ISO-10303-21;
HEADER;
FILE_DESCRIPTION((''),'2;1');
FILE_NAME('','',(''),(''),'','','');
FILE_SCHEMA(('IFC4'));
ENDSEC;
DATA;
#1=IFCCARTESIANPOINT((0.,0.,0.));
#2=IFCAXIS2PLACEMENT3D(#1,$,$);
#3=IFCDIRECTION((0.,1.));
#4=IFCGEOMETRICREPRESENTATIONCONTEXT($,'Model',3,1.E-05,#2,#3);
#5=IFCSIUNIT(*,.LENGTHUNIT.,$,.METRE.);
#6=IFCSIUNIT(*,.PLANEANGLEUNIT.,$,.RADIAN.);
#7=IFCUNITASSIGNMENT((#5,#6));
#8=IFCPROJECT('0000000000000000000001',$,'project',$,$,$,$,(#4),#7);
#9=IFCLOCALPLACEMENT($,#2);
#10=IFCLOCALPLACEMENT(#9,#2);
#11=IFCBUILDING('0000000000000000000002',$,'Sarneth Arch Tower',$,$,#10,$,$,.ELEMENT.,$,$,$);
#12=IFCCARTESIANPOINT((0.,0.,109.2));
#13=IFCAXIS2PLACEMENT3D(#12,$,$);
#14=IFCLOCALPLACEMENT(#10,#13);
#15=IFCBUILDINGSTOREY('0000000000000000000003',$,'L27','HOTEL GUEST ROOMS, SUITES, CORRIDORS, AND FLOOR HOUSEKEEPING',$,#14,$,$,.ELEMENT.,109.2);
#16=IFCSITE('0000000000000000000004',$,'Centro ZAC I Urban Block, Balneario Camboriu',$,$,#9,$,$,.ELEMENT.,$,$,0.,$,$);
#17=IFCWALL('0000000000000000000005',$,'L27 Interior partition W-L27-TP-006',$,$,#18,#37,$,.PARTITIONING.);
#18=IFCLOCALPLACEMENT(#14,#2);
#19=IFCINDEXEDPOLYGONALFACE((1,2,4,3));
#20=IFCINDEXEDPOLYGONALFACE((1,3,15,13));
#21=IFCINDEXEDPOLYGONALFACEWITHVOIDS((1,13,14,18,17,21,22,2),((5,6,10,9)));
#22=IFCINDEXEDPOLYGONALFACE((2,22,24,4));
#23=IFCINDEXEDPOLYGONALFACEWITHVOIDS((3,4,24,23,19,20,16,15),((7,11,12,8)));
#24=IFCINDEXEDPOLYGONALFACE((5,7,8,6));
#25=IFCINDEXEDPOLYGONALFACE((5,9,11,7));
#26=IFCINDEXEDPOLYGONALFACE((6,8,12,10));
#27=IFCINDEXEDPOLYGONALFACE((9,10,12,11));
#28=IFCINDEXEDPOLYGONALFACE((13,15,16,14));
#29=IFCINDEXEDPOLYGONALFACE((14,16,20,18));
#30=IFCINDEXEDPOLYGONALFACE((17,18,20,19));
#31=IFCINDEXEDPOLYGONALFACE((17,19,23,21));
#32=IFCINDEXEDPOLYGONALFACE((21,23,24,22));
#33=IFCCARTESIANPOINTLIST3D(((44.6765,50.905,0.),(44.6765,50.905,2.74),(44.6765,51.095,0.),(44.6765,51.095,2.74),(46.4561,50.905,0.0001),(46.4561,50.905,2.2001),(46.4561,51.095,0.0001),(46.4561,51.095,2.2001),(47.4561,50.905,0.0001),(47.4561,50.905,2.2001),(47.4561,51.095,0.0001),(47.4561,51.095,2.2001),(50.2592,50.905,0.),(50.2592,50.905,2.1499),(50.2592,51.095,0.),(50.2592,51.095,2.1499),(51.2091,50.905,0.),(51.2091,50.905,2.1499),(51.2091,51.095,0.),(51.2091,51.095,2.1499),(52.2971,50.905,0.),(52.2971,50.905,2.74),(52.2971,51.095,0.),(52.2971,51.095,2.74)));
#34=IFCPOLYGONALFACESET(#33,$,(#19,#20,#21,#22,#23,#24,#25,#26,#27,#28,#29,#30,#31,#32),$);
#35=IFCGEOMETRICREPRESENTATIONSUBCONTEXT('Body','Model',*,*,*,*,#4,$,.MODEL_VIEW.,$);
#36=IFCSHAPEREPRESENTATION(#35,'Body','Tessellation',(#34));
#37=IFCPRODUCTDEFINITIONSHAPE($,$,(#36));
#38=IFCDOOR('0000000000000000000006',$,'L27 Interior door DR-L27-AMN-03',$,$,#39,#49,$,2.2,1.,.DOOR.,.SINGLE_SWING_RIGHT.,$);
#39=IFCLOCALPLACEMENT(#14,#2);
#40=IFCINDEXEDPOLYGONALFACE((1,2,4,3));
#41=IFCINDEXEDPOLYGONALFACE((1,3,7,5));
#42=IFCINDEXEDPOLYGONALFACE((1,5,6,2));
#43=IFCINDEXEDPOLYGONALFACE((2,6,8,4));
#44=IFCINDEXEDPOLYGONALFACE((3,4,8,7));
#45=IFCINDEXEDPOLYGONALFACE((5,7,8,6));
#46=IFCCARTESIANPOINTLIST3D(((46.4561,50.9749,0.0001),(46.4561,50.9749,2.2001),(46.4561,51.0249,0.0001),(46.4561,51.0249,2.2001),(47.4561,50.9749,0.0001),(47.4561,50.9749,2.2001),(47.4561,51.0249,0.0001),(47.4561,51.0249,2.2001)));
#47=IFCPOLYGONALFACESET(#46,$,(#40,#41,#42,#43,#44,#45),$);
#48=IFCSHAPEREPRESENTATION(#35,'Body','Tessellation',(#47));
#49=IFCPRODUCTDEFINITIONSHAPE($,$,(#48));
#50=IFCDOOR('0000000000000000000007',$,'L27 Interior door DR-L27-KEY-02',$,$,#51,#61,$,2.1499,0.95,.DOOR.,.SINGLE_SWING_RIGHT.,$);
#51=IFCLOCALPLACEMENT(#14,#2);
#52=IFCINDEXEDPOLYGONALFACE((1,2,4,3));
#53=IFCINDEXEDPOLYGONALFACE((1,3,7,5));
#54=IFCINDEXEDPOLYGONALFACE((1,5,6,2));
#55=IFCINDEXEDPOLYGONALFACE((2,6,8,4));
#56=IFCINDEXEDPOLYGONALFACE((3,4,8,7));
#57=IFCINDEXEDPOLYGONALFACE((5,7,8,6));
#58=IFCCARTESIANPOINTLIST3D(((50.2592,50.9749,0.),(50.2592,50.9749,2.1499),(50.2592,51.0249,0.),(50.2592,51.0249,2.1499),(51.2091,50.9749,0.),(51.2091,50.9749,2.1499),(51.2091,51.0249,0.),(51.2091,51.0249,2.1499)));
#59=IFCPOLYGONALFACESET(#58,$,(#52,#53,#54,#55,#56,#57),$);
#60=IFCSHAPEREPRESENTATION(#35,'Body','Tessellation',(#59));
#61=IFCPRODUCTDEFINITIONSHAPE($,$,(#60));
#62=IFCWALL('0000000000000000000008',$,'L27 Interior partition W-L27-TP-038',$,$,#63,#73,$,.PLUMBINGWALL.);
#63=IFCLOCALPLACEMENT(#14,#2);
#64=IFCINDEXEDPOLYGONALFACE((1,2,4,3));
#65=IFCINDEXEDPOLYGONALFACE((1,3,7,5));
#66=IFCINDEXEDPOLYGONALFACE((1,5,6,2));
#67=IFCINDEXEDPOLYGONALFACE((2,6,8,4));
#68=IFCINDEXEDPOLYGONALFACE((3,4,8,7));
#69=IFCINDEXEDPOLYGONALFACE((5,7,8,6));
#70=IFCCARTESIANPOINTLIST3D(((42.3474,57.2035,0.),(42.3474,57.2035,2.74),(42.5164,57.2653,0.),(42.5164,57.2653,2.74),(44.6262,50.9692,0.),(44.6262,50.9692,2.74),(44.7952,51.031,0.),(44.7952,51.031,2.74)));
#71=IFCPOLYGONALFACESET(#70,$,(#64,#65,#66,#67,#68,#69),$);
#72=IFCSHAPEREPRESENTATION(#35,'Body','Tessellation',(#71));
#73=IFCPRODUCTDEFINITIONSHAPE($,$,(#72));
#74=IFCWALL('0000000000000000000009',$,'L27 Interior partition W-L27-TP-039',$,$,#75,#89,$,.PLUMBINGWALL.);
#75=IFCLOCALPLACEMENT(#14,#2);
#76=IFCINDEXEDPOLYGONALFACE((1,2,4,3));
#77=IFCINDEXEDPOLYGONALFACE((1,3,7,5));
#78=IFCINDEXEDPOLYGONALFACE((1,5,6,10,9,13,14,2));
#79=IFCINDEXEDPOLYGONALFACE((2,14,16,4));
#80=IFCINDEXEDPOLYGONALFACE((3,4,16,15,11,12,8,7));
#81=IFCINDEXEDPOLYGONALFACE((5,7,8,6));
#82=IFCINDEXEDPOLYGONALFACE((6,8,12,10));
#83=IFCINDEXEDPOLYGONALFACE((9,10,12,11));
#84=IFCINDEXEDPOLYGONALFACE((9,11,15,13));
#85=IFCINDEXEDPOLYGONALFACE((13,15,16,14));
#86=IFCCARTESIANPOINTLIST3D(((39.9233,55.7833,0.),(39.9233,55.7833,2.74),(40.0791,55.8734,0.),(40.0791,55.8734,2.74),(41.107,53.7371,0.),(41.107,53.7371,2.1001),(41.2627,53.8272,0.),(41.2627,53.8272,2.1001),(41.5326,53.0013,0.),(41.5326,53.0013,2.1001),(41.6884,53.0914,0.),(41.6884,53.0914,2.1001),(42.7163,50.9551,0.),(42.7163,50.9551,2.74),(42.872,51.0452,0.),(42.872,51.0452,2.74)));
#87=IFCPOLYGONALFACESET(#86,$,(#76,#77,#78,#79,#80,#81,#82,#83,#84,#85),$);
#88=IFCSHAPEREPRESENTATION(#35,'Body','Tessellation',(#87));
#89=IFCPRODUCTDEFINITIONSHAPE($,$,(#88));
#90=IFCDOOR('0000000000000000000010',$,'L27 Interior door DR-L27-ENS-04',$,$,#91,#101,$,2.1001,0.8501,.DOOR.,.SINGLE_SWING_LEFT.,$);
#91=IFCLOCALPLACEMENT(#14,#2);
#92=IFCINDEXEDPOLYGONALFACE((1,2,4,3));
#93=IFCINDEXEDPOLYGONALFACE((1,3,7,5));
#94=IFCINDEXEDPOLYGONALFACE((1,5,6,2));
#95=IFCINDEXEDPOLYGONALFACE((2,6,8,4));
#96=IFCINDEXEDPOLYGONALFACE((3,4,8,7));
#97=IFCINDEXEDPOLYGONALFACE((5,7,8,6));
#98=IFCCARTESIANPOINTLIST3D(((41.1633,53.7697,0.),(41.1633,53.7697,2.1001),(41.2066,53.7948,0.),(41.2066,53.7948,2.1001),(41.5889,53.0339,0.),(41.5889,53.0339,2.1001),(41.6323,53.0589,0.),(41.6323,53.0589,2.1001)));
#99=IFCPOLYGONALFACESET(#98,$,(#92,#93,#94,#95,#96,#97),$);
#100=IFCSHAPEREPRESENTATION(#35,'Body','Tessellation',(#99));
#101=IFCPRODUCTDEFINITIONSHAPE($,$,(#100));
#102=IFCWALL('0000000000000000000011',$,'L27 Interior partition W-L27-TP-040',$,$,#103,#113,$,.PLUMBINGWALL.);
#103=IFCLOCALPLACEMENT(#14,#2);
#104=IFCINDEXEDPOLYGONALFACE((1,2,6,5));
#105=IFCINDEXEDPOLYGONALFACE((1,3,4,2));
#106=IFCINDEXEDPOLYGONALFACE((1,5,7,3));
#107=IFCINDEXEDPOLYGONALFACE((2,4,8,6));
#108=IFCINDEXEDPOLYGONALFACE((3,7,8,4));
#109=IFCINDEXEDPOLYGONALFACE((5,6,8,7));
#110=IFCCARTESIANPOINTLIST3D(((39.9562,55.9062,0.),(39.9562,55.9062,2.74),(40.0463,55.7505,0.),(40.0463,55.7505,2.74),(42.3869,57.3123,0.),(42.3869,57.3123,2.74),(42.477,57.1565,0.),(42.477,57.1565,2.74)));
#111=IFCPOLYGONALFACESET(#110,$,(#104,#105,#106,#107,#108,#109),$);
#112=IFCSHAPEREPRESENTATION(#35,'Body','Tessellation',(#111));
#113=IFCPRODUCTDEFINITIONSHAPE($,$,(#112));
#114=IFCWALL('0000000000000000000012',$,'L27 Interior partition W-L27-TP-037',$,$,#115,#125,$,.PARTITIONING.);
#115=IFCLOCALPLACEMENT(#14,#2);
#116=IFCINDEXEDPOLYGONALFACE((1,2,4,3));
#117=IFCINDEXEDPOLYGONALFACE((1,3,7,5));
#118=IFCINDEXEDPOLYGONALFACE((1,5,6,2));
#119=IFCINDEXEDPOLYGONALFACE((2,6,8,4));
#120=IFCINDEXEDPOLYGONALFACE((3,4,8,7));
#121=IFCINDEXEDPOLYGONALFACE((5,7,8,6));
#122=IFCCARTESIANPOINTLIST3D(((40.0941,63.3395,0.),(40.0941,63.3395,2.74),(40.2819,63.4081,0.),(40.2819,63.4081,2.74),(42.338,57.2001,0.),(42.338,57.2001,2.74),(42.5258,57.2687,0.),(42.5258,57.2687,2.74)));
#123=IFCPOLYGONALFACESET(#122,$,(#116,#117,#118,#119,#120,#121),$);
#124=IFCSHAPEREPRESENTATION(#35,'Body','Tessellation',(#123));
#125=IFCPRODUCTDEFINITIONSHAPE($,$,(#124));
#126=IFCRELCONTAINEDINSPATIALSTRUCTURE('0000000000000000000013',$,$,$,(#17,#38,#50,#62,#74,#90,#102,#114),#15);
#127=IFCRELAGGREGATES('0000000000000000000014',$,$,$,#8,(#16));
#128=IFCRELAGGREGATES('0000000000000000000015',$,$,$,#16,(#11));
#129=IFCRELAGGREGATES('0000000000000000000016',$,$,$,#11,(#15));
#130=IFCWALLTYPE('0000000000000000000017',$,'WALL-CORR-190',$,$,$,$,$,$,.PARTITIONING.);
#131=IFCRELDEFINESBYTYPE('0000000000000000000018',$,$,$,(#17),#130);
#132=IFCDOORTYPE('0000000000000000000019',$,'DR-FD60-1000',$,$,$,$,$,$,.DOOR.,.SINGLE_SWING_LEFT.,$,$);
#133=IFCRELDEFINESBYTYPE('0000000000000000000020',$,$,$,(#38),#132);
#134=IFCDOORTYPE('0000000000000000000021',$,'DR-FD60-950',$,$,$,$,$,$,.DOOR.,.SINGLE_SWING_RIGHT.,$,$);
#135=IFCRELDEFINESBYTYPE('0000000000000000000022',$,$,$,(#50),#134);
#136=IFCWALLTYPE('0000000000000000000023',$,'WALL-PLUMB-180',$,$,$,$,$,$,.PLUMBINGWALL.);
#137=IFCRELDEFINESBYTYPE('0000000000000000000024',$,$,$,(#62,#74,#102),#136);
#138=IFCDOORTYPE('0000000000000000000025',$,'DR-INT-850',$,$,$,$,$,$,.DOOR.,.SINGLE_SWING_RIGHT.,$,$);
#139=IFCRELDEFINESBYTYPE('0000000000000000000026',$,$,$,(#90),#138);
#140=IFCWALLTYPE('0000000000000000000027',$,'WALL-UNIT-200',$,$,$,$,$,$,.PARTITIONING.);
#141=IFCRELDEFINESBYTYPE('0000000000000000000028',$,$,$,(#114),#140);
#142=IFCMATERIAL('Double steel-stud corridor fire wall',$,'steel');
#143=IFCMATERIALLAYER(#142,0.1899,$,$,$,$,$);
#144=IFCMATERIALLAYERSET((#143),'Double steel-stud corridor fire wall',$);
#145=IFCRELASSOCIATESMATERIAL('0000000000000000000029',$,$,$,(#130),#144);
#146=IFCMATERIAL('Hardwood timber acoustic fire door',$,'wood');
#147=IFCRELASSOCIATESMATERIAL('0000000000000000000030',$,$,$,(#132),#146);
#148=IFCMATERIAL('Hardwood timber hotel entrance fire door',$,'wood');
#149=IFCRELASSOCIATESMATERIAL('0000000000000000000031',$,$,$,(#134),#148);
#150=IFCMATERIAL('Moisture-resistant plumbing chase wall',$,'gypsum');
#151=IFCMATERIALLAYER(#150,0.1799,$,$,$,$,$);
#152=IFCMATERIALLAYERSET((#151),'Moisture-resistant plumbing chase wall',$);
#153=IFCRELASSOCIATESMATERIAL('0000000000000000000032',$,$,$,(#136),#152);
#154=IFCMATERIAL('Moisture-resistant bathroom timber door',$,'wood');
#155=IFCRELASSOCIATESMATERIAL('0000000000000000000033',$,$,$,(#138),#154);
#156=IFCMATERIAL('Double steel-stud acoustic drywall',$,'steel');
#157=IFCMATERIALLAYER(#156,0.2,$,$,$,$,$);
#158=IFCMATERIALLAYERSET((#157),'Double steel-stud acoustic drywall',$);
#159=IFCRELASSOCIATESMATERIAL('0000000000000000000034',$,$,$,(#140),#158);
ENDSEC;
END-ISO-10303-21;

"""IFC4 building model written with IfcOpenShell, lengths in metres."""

from ifc_helpers import new_model, si_unit, direction, frame, frame_2d, origin, place, context, subcontext, project, spatial, rectangle, extrude, material, layer, layer_set, type_object, element, fill, save


model = new_model("IFC4")

# Units and contexts
model_context = context("Model", 3, precision=1e-05, world=origin(), true_north=direction((0.0, 1.0)))
body_context = subcontext(model_context, "Body", "Model", "MODEL_VIEW")
ifc_project = project(units=[si_unit("LENGTHUNIT", "METRE"), si_unit("PLANEANGLEUNIT", "RADIAN")], contexts=[model_context])

# Site, building, storey
site_placement = place(None, origin())
site = spatial("IfcSite", under=ifc_project, at=site_placement, Name="Centro ZAC I Urban Block, Balneario Camboriu", CompositionType="ELEMENT", RefElevation=0.0)
building_placement = place(site_placement, origin())
building = spatial("IfcBuilding", under=site, at=building_placement, Name="Sarneth Arch Tower", CompositionType="ELEMENT")
storey_placement = place(building_placement, frame((0.0, 0.0, 109.2)))
storey = spatial("IfcBuildingStorey", under=building, at=storey_placement, Name="L27", Description="HOTEL GUEST ROOMS, SUITES, CORRIDORS, AND FLOOR HOUSEKEEPING", CompositionType="ELEMENT", Elevation=109.2)

# Wall, openings, doors
ifc_material_1 = material(Name="Double steel-stud corridor fire wall", Category="steel")
ifc_layer_1 = layer(ifc_material_1, 0.1899)
ifc_layer_set_1 = layer_set([ifc_layer_1], Name="Double steel-stud corridor fire wall")
wall_type_1 = type_object("IfcWallType", Name="WALL-CORR-190", PredefinedType="PARTITIONING", material=ifc_layer_set_1)
wall_1_placement = place(storey_placement, frame((44.6765, 51.0, 0.0), z_axis=(0.0, 0.0, 1.0), x_axis=(1.0, 0.0, 0.0)))
wall_1 = element("IfcWall", 1, at=wall_1_placement, inside=storey, type_object=wall_type_1, Name="L27 Interior partition W-L27-TP-006", PredefinedType="PARTITIONING", context=body_context, shape_type="SweptSolid", body=[
    extrude(rectangle(XDim=7.6206, YDim=0.1899, at=frame_2d((3.8103, 0.0))), origin(), (0.0, 0.0, 1.0), 2.74),
])
opening_1_placement = place(wall_1_placement, frame((1.7795, 0.0, 0.0)))
opening_1 = element("IfcOpeningElement", 2, at=opening_1_placement, cuts=wall_1, PredefinedType="OPENING", context=body_context, shape_type="SweptSolid", body=[
    extrude(rectangle(XDim=1.0, YDim=2.2, at=frame_2d((0.5, 1.1001))), frame((0.0, 0.105, 0.0), z_axis=(0.0, -1.0, 0.0), x_axis=(1.0, 0.0, 0.0)), (0.0, 0.0, 1.0), 0.21),
])
opening_2_placement = place(wall_1_placement, frame((5.5825, 0.0, 0.0)))
opening_2 = element("IfcOpeningElement", 3, at=opening_2_placement, cuts=wall_1, PredefinedType="OPENING", context=body_context, shape_type="SweptSolid", body=[
    extrude(rectangle(XDim=0.95, YDim=2.1499, at=frame_2d((0.4751, 1.075))), frame((0.0, 0.105, 0.0), z_axis=(0.0, -1.0, 0.0), x_axis=(1.0, 0.0, 0.0)), (0.0, 0.0, 1.0), 0.21),
])
ifc_material_2 = material(Name="Hardwood timber acoustic fire door", Category="wood")
door_type_1 = type_object("IfcDoorType", Name="DR-FD60-1000", OperationType="SINGLE_SWING_LEFT", PredefinedType="DOOR", material=ifc_material_2)
door_1_placement = place(opening_1_placement, origin())
door_1 = element("IfcDoor", 4, at=door_1_placement, inside=storey, type_object=door_type_1, Name="L27 Interior door DR-L27-AMN-03", OperationType="SINGLE_SWING_RIGHT", OverallHeight=2.2, OverallWidth=1.0, PredefinedType="DOOR", context=body_context, shape_type="SweptSolid", body=[
    extrude(rectangle(XDim=1.0, YDim=2.2, at=frame_2d((0.5, 1.1001))), frame((0.0, 0.0249, 0.0), z_axis=(0.0, -1.0, 0.0), x_axis=(1.0, 0.0, 0.0)), (0.0, 0.0, 1.0), 0.05),
])
fill(opening_1, door_1)
ifc_material_3 = material(Name="Hardwood timber hotel entrance fire door", Category="wood")
door_type_2 = type_object("IfcDoorType", Name="DR-FD60-950", OperationType="SINGLE_SWING_RIGHT", PredefinedType="DOOR", material=ifc_material_3)
door_2_placement = place(opening_2_placement, origin())
door_2 = element("IfcDoor", 5, at=door_2_placement, inside=storey, type_object=door_type_2, Name="L27 Interior door DR-L27-KEY-02", OperationType="SINGLE_SWING_RIGHT", OverallHeight=2.1499, OverallWidth=0.95, PredefinedType="DOOR", context=body_context, shape_type="SweptSolid", body=[
    extrude(rectangle(XDim=0.95, YDim=2.1499, at=frame_2d((0.4751, 1.075))), frame((0.0, 0.0249, 0.0), z_axis=(0.0, -1.0, 0.0), x_axis=(1.0, 0.0, 0.0)), (0.0, 0.0, 1.0), 0.05),
])
fill(opening_2, door_2)

# Wall
ifc_material_4 = material(Name="Moisture-resistant plumbing chase wall", Category="gypsum")
ifc_layer_2 = layer(ifc_material_4, 0.1799)
ifc_layer_set_2 = layer_set([ifc_layer_2], Name="Moisture-resistant plumbing chase wall")
wall_type_2 = type_object("IfcWallType", Name="WALL-PLUMB-180", PredefinedType="PLUMBINGWALL", material=ifc_layer_set_2)
wall_2_placement = place(storey_placement, frame((42.4319, 57.2344, 0.0), z_axis=(0.0, 0.0, 1.0), x_axis=(0.343308, -0.939223, 0.0)))
element("IfcWall", 6, at=wall_2_placement, inside=storey, type_object=wall_type_2, Name="L27 Interior partition W-L27-TP-038", PredefinedType="PLUMBINGWALL", context=body_context, shape_type="SweptSolid", body=[
    extrude(rectangle(XDim=6.6377, YDim=0.1799, at=frame_2d((3.3188, 0.0))), origin(), (0.0, 0.0, 1.0), 2.74),
])

# Wall, opening, door
wall_3_placement = place(storey_placement, frame((42.7942, 51.0, 0.0), z_axis=(0.0, 0.0, 1.0), x_axis=(-0.500714, 0.865613, 0.0)))
wall_3 = element("IfcWall", 7, at=wall_3_placement, inside=storey, type_object=wall_type_2, Name="L27 Interior partition W-L27-TP-039", PredefinedType="PLUMBINGWALL", context=body_context, shape_type="SweptSolid", body=[
    extrude(rectangle(XDim=5.5779, YDim=0.1799, at=frame_2d((2.7891, 0.0))), origin(), (0.0, 0.0, 1.0), 2.74),
])
opening_3_placement = place(wall_3_placement, frame((2.364, 0.0, 0.0)))
opening_3 = element("IfcOpeningElement", 8, at=opening_3_placement, cuts=wall_3, PredefinedType="OPENING", context=body_context, shape_type="SweptSolid", body=[
    extrude(rectangle(XDim=0.8501, YDim=2.1001, at=frame_2d((0.425, 1.05))), frame((0.0, 0.0999, 0.0), z_axis=(0.0, -1.0, 0.0), x_axis=(1.0, 0.0, 0.0)), (0.0, 0.0, 1.0), 0.2),
])
ifc_material_5 = material(Name="Moisture-resistant bathroom timber door", Category="wood")
door_type_3 = type_object("IfcDoorType", Name="DR-INT-850", OperationType="SINGLE_SWING_RIGHT", PredefinedType="DOOR", material=ifc_material_5)
door_3_placement = place(opening_3_placement, origin())
door_3 = element("IfcDoor", 9, at=door_3_placement, inside=storey, type_object=door_type_3, Name="L27 Interior door DR-L27-ENS-04", OperationType="SINGLE_SWING_LEFT", OverallHeight=2.1001, OverallWidth=0.8501, PredefinedType="DOOR", context=body_context, shape_type="SweptSolid", body=[
    extrude(rectangle(XDim=0.8501, YDim=2.1001, at=frame_2d((0.425, 1.05))), frame((0.0, 0.0249, 0.0), z_axis=(0.0, -1.0, 0.0), x_axis=(1.0, 0.0, 0.0)), (0.0, 0.0, 1.0), 0.05),
])
fill(opening_3, door_3)

# Walls
wall_4_placement = place(storey_placement, frame((40.0012, 55.8284, 0.0), z_axis=(0.0, 0.0, 1.0), x_axis=(0.865615, 0.500711, 0.0)))
element("IfcWall", 10, at=wall_4_placement, inside=storey, type_object=wall_type_2, Name="L27 Interior partition W-L27-TP-040", PredefinedType="PLUMBINGWALL", context=body_context, shape_type="SweptSolid", body=[
    extrude(rectangle(XDim=2.8081, YDim=0.1799, at=frame_2d((1.4041, 0.0))), origin(), (0.0, 0.0, 1.0), 2.74),
])
ifc_material_6 = material(Name="Double steel-stud acoustic drywall", Category="steel")
ifc_layer_3 = layer(ifc_material_6, 0.2)
ifc_layer_set_3 = layer_set([ifc_layer_3], Name="Double steel-stud acoustic drywall")
wall_type_3 = type_object("IfcWallType", Name="WALL-UNIT-200", PredefinedType="PARTITIONING", material=ifc_layer_set_3)
wall_5_placement = place(storey_placement, frame((40.188, 63.3738, 0.0), z_axis=(0.0, 0.0, 1.0), x_axis=(0.343281, -0.939233, 0.0)))
element("IfcWall", 11, at=wall_5_placement, inside=storey, type_object=wall_type_3, Name="L27 Interior partition W-L27-TP-037", PredefinedType="PARTITIONING", context=body_context, shape_type="SweptSolid", body=[
    extrude(rectangle(XDim=6.5366, YDim=0.2, at=frame_2d((3.2683, 0.0))), origin(), (0.0, 0.0, 1.0), 2.74),
])

save(model, "model.ifc")
